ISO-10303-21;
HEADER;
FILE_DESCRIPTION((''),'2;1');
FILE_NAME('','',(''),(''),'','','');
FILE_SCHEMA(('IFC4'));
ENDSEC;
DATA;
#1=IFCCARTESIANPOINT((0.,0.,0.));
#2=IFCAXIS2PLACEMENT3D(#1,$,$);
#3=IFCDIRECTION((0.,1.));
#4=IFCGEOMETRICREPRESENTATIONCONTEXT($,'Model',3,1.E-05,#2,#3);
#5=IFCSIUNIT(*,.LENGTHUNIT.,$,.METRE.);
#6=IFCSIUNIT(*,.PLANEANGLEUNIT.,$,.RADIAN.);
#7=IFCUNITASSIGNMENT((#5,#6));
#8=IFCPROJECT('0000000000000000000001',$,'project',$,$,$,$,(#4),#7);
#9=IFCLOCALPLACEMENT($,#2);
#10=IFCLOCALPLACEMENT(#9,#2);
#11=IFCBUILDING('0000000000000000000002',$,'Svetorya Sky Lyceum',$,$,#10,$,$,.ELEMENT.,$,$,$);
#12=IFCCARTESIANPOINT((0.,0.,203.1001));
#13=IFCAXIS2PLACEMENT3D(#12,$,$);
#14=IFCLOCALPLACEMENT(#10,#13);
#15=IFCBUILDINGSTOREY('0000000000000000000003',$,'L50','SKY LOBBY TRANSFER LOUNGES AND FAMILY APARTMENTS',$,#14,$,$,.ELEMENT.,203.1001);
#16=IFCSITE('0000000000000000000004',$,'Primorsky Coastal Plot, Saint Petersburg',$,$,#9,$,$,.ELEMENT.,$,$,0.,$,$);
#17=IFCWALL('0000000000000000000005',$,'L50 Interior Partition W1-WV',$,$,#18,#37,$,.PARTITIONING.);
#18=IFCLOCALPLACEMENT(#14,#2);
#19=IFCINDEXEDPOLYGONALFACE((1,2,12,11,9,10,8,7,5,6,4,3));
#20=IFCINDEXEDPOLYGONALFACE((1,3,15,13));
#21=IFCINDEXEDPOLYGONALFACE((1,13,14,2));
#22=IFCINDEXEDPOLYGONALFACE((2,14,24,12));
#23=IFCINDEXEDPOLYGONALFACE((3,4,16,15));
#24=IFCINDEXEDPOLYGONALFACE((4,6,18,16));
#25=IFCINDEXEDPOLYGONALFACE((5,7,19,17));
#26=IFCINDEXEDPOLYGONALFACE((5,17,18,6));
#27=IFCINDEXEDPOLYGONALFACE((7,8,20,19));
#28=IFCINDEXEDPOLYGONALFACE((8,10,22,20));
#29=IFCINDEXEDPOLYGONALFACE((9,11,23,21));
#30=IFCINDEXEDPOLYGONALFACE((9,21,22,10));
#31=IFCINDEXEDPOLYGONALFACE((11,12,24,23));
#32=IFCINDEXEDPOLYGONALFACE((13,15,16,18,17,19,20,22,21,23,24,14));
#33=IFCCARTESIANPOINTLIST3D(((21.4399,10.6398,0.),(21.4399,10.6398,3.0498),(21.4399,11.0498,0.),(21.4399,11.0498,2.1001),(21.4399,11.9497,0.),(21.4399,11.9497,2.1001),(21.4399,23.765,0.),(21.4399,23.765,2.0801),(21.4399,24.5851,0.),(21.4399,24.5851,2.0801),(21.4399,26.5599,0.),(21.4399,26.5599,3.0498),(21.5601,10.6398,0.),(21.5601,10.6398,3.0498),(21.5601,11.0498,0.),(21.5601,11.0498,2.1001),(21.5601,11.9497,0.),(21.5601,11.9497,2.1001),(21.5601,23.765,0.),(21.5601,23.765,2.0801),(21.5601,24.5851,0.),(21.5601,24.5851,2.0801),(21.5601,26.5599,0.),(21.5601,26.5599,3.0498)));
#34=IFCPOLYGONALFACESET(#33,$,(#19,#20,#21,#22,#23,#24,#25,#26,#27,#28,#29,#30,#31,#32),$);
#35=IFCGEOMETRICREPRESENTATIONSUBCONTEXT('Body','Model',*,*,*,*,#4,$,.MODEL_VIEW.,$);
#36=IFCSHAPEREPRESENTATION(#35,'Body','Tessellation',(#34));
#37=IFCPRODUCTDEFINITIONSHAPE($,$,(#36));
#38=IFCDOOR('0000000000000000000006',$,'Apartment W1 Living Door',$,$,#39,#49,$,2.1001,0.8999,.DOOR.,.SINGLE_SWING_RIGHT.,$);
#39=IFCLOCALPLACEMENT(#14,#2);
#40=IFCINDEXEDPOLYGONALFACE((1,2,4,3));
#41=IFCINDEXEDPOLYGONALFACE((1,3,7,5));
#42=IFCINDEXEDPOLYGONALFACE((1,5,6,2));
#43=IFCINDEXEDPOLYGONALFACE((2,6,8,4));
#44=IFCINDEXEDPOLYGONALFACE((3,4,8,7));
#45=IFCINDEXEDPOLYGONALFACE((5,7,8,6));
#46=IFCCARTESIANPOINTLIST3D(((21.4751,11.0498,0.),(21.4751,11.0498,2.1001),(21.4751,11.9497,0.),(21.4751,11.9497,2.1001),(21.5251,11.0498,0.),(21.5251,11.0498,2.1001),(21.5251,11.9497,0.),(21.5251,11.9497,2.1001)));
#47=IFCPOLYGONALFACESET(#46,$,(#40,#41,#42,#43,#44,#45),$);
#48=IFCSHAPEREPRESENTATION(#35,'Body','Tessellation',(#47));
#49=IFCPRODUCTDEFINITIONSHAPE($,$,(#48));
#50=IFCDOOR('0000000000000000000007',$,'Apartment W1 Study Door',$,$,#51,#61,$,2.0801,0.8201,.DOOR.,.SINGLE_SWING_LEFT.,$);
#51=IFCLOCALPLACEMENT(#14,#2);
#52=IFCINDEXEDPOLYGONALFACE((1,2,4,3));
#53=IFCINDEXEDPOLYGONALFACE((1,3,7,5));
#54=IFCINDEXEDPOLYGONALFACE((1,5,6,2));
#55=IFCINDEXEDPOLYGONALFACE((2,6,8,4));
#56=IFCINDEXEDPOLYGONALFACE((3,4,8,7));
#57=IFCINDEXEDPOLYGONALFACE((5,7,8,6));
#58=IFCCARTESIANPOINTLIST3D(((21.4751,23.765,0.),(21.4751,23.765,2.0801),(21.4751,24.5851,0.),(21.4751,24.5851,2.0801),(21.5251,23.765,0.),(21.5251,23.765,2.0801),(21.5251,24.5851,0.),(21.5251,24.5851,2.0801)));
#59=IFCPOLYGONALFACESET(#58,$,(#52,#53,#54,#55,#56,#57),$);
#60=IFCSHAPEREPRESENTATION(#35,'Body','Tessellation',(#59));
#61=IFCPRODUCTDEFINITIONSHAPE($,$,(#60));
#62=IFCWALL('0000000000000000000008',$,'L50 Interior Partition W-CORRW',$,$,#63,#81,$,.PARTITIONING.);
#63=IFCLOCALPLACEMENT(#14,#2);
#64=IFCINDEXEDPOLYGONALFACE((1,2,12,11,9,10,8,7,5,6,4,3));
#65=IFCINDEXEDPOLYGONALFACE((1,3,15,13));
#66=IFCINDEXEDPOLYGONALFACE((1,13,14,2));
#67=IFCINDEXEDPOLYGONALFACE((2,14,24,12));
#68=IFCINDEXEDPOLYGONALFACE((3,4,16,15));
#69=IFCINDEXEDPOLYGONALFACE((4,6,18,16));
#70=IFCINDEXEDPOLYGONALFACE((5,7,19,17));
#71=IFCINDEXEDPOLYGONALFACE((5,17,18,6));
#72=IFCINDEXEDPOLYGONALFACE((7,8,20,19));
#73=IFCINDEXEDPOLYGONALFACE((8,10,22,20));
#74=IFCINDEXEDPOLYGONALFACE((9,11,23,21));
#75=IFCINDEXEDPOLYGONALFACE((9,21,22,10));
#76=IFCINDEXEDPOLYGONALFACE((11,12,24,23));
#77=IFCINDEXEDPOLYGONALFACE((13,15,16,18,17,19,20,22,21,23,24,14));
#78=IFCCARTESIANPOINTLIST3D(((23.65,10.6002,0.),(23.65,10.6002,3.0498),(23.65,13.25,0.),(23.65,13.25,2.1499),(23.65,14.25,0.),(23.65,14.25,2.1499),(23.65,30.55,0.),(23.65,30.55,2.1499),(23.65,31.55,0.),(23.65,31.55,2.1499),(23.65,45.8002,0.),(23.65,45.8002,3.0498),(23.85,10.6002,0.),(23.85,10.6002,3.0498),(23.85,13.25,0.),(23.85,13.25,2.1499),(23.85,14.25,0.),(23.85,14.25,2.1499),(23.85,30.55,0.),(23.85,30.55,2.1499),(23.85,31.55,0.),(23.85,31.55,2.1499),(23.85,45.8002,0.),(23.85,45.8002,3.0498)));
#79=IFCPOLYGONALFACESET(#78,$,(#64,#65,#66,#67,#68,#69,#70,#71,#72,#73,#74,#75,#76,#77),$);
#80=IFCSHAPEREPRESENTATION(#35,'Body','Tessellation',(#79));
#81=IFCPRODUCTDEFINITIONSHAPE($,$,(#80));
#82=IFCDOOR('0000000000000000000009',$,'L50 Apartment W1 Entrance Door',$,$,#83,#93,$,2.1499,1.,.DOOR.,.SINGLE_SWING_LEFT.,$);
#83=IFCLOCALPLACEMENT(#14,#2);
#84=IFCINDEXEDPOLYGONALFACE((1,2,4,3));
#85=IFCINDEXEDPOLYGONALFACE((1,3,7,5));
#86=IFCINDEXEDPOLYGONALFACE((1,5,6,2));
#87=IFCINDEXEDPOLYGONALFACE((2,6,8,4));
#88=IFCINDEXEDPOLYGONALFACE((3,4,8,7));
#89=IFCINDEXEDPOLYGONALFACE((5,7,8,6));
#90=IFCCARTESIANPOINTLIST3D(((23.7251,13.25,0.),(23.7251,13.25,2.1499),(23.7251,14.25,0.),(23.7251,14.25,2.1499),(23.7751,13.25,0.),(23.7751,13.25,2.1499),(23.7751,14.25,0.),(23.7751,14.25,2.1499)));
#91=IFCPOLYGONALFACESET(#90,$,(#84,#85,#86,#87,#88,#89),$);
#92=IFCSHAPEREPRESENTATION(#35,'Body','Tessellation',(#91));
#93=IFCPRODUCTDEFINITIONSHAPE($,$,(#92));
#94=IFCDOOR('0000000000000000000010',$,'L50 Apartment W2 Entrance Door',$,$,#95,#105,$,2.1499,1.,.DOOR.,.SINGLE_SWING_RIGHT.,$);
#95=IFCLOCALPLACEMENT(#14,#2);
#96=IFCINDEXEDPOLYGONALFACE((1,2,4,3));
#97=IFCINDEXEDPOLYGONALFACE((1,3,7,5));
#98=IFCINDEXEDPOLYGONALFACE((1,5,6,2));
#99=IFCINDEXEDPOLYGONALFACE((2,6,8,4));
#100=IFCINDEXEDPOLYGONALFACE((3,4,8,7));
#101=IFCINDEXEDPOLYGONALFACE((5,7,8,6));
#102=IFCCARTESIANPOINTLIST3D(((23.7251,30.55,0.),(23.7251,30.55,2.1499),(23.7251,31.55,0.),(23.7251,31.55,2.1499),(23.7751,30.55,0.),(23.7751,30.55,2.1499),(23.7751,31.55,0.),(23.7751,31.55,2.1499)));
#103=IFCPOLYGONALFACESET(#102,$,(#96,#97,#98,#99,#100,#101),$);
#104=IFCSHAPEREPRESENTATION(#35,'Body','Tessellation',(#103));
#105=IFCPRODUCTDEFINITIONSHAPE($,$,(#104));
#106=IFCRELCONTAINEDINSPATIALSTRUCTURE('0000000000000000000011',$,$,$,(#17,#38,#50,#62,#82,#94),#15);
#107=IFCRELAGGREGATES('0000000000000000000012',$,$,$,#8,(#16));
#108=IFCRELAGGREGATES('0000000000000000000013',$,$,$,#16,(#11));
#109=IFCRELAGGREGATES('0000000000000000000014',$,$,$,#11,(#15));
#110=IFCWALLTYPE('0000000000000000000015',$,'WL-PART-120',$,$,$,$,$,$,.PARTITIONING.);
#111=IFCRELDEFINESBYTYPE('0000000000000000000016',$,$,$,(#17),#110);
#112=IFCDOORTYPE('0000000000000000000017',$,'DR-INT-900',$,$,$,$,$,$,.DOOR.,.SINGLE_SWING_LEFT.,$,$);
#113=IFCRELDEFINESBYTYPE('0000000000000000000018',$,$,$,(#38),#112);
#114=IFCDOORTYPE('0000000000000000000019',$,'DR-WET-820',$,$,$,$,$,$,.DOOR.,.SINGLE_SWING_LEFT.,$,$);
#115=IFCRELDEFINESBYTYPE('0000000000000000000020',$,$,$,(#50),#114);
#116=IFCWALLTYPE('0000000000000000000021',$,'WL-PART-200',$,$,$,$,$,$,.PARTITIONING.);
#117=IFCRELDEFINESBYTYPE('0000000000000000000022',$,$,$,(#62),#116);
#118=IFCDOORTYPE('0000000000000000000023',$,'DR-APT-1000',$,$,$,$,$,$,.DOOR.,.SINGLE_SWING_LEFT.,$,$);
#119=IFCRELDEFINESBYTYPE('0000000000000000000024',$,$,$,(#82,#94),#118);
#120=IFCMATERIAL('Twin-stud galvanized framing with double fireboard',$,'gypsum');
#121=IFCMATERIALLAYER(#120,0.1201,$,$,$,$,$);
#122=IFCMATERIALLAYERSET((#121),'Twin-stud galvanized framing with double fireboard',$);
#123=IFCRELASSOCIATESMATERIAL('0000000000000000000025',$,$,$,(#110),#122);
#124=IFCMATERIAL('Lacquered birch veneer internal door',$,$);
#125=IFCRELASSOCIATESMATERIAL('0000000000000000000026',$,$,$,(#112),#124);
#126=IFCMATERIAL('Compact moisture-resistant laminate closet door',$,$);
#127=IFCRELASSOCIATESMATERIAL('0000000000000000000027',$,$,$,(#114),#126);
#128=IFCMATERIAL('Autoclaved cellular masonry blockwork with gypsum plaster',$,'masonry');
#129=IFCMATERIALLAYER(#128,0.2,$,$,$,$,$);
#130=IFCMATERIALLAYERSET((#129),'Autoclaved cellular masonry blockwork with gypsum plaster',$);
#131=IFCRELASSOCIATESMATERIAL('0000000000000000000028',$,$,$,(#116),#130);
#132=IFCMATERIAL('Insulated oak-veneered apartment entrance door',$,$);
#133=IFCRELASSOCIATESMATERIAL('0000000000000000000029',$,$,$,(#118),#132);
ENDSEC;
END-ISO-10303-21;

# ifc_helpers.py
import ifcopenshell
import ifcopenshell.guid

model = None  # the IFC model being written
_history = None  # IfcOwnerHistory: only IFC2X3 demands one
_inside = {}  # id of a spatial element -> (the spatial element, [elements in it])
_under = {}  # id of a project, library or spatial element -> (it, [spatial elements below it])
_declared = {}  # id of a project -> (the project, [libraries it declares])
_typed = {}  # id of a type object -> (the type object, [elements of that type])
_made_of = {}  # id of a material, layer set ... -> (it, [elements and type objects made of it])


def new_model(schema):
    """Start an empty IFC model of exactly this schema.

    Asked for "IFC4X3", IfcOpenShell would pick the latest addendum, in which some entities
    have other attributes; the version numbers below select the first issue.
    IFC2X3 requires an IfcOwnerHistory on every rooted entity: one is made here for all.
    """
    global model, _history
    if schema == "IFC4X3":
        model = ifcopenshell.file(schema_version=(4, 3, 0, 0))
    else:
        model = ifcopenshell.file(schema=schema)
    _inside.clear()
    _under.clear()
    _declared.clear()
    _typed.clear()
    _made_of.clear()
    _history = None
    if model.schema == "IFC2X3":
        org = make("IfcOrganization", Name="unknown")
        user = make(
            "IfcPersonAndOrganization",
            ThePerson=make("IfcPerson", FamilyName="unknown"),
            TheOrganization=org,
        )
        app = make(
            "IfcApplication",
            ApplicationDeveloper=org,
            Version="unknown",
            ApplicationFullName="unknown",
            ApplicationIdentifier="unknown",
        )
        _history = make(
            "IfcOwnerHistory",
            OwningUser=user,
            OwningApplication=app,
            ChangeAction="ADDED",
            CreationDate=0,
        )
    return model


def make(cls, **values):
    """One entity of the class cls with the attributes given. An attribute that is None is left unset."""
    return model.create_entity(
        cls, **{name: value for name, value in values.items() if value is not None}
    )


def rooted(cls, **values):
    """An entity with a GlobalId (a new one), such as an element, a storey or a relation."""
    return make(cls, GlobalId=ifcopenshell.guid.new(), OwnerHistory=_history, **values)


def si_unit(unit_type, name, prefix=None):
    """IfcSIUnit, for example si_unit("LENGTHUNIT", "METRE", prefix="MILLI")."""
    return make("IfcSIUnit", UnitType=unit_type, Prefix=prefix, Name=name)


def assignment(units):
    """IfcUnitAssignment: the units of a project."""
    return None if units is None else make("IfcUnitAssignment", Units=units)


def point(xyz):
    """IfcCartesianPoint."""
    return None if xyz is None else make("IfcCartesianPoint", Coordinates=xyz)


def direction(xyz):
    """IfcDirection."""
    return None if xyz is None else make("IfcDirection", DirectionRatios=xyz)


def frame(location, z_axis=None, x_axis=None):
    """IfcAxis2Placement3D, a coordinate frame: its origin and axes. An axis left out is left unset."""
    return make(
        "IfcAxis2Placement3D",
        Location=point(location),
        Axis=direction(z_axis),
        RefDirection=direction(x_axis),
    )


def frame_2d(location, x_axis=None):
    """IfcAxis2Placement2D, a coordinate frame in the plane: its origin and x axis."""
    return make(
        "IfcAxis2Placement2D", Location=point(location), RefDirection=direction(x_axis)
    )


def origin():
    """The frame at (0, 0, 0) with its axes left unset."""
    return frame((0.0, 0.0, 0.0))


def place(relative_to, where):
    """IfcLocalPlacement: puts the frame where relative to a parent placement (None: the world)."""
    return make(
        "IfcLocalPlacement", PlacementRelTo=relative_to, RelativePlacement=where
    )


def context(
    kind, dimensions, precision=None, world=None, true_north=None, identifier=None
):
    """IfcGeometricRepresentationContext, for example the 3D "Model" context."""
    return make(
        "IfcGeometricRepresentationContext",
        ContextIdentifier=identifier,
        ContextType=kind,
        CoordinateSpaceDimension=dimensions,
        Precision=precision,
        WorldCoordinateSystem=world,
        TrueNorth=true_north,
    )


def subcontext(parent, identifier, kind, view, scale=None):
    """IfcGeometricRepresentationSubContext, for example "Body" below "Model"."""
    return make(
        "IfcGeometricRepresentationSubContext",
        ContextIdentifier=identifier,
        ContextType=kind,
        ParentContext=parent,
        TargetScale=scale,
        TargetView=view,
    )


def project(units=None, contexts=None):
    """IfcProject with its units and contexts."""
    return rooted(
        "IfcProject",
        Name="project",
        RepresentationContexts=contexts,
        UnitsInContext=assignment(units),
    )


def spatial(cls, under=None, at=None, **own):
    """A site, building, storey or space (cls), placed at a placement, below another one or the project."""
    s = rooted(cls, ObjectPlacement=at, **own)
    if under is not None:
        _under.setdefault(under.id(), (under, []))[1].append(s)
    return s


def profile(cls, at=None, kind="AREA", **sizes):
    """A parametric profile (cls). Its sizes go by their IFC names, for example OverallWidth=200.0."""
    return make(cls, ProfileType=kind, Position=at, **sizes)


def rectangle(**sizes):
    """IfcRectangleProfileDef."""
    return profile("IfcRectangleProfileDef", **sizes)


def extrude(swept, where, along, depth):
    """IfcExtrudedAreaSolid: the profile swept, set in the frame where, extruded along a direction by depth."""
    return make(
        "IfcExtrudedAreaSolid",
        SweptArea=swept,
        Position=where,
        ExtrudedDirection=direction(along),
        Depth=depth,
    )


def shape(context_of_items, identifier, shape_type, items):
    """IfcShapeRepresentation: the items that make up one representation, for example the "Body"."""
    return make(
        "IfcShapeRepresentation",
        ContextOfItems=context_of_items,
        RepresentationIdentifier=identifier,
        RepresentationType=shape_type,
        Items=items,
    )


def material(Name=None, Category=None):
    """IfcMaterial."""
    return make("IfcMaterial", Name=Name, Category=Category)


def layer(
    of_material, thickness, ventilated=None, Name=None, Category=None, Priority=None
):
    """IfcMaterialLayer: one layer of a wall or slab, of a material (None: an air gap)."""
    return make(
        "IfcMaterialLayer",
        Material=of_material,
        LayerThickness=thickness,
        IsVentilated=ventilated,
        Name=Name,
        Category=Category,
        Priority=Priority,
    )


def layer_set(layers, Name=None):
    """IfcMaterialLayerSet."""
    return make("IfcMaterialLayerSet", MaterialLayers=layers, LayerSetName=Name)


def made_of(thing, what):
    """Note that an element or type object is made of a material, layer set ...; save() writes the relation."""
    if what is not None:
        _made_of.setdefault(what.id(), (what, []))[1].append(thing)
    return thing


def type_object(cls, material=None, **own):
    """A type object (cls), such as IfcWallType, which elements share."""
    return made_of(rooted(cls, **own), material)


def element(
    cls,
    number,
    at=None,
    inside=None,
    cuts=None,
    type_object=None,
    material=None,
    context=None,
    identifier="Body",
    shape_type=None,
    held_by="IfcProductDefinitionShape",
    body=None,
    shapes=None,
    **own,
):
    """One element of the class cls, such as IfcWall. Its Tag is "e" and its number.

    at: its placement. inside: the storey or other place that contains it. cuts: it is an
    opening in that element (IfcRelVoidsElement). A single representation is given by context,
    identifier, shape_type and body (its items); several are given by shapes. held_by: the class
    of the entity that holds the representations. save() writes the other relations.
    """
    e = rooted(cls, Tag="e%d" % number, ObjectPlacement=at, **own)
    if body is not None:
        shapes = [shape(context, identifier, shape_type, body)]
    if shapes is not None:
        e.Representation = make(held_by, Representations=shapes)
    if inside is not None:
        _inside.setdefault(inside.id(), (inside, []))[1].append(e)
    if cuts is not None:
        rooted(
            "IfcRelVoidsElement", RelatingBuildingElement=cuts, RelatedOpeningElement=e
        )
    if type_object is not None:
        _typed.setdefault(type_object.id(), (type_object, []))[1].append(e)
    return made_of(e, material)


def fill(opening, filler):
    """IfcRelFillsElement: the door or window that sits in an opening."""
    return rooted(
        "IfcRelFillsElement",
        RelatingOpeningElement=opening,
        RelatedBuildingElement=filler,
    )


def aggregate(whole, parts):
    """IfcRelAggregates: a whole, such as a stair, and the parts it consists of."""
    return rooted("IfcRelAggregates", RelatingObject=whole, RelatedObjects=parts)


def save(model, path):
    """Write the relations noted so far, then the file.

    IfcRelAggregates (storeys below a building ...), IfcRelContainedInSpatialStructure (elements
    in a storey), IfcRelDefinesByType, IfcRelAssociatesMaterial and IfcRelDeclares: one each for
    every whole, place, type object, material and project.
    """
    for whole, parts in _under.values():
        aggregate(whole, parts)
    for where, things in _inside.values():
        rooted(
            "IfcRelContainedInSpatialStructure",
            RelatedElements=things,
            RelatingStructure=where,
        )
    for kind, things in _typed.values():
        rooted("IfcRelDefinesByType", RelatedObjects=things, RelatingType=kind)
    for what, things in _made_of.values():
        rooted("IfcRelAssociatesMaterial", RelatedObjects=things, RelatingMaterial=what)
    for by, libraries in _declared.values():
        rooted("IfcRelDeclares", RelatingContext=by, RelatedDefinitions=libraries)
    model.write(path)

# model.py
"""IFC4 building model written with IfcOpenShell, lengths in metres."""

from ifc_helpers import new_model, si_unit, direction, frame, frame_2d, origin, place, context, subcontext, project, spatial, rectangle, extrude, material, layer, layer_set, type_object, element, fill, save


model = new_model("IFC4")

# Units and contexts
model_context = context("Model", 3, precision=1e-05, world=origin(), true_north=direction((0.0, 1.0)))
body_context = subcontext(model_context, "Body", "Model", "MODEL_VIEW")
ifc_project = project(units=[si_unit("LENGTHUNIT", "METRE"), si_unit("PLANEANGLEUNIT", "RADIAN")], contexts=[model_context])

# Site, building, storey
site_placement = place(None, origin())
site = spatial("IfcSite", under=ifc_project, at=site_placement, Name="Primorsky Coastal Plot, Saint Petersburg", CompositionType="ELEMENT", RefElevation=0.0)
building_placement = place(site_placement, origin())
building = spatial("IfcBuilding", under=site, at=building_placement, Name="Svetorya Sky Lyceum", CompositionType="ELEMENT")
storey_placement = place(building_placement, frame((0.0, 0.0, 203.1001)))
storey = spatial("IfcBuildingStorey", under=building, at=storey_placement, Name="L50", Description="SKY LOBBY TRANSFER LOUNGES AND FAMILY APARTMENTS", CompositionType="ELEMENT", Elevation=203.1001)

# Shared definitions
ifc_material_1 = material(Name="Twin-stud galvanized framing with double fireboard", Category="gypsum")
ifc_layer_1 = layer(ifc_material_1, 0.1201)
ifc_layer_set_1 = layer_set([ifc_layer_1], Name="Twin-stud galvanized framing with double fireboard")
wall_type_1 = type_object("IfcWallType", Name="WL-PART-120", PredefinedType="PARTITIONING", material=ifc_layer_set_1)

# Shared definitions
ifc_material_2 = material(Name="Lacquered birch veneer internal door")
door_type_1 = type_object("IfcDoorType", Name="DR-INT-900", OperationType="SINGLE_SWING_LEFT", PredefinedType="DOOR", material=ifc_material_2)

# Walls, openings, doors
wall_1_placement = place(storey_placement, frame((21.5, 10.6399, 0.0), z_axis=(0.0, 0.0, 1.0), x_axis=(0.0, 1.0, 0.0)))
wall_1 = element("IfcWall", 1, at=wall_1_placement, inside=storey, type_object=wall_type_1, Name="L50 Interior Partition W1-WV", PredefinedType="PARTITIONING", context=body_context, shape_type="SweptSolid", body=[
    extrude(rectangle(XDim=15.9202, YDim=0.1201, at=frame_2d((7.96, 0.0))), origin(), (0.0, 0.0, 1.0), 3.0498),
])
opening_1_placement = place(wall_1_placement, frame((0.4099, 0.0, 0.0)))
opening_1 = element("IfcOpeningElement", 2, at=opening_1_placement, cuts=wall_1, PredefinedType="OPENING", context=body_context, shape_type="SweptSolid", body=[
    extrude(rectangle(XDim=0.8999, YDim=2.1001, at=frame_2d((0.45, 1.05))), frame((0.0, 0.0701, 0.0), z_axis=(0.0, -1.0, 0.0), x_axis=(1.0, 0.0, 0.0)), (0.0, 0.0, 1.0), 0.1401),
])
opening_2_placement = place(wall_1_placement, frame((13.125, 0.0, 0.0)))
opening_2 = element("IfcOpeningElement", 3, at=opening_2_placement, cuts=wall_1, PredefinedType="OPENING", context=body_context, shape_type="SweptSolid", body=[
    extrude(rectangle(XDim=0.8201, YDim=2.0801, at=frame_2d((0.4102, 1.04))), frame((0.0, 0.0701, 0.0), z_axis=(0.0, -1.0, 0.0), x_axis=(1.0, 0.0, 0.0)), (0.0, 0.0, 1.0), 0.1401),
])
door_1_placement = place(opening_1_placement, origin())
door_1 = element("IfcDoor", 4, at=door_1_placement, inside=storey, type_object=door_type_1, Name="Apartment W1 Living Door", OperationType="SINGLE_SWING_RIGHT", OverallHeight=2.1001, OverallWidth=0.8999, PredefinedType="DOOR", context=body_context, shape_type="SweptSolid", body=[
    extrude(rectangle(XDim=0.8999, YDim=2.1001, at=frame_2d((0.45, 1.05))), frame((0.0, 0.0249, 0.0), z_axis=(0.0, -1.0, 0.0), x_axis=(1.0, 0.0, 0.0)), (0.0, 0.0, 1.0), 0.05),
])
fill(opening_1, door_1)
ifc_material_3 = material(Name="Compact moisture-resistant laminate closet door")
door_type_2 = type_object("IfcDoorType", Name="DR-WET-820", OperationType="SINGLE_SWING_LEFT", PredefinedType="DOOR", material=ifc_material_3)
door_2_placement = place(opening_2_placement, origin())
door_2 = element("IfcDoor", 5, at=door_2_placement, inside=storey, type_object=door_type_2, Name="Apartment W1 Study Door", OperationType="SINGLE_SWING_LEFT", OverallHeight=2.0801, OverallWidth=0.8201, PredefinedType="DOOR", context=body_context, shape_type="SweptSolid", body=[
    extrude(rectangle(XDim=0.8201, YDim=2.0801, at=frame_2d((0.4102, 1.04))), frame((0.0, 0.0249, 0.0), z_axis=(0.0, -1.0, 0.0), x_axis=(1.0, 0.0, 0.0)), (0.0, 0.0, 1.0), 0.05),
])
fill(opening_2, door_2)
ifc_material_4 = material(Name="Autoclaved cellular masonry blockwork with gypsum plaster", Category="masonry")
ifc_layer_2 = layer(ifc_material_4, 0.2)
ifc_layer_set_2 = layer_set([ifc_layer_2], Name="Autoclaved cellular masonry blockwork with gypsum plaster")
wall_type_2 = type_object("IfcWallType", Name="WL-PART-200", PredefinedType="PARTITIONING", material=ifc_layer_set_2)
wall_2_placement = place(storey_placement, frame((23.75, 10.6001, 0.0), z_axis=(0.0, 0.0, 1.0), x_axis=(0.0, 1.0, 0.0)))
wall_2 = element("IfcWall", 6, at=wall_2_placement, inside=storey, type_object=wall_type_2, Name="L50 Interior Partition W-CORRW", PredefinedType="PARTITIONING", context=body_context, shape_type="SweptSolid", body=[
    extrude(rectangle(XDim=35.2, YDim=0.2, at=frame_2d((17.6001, 0.0))), origin(), (0.0, 0.0, 1.0), 3.0498),
])
opening_3_placement = place(wall_2_placement, frame((2.6499, 0.0, 0.0)))
opening_3 = element("IfcOpeningElement", 7, at=opening_3_placement, cuts=wall_2, PredefinedType="OPENING", context=body_context, shape_type="SweptSolid", body=[
    extrude(rectangle(XDim=1.0, YDim=2.1499, at=frame_2d((0.5, 1.075))), frame((0.0, 0.1099, 0.0), z_axis=(0.0, -1.0, 0.0), x_axis=(1.0, 0.0, 0.0)), (0.0, 0.0, 1.0), 0.22),
])
opening_4_placement = place(wall_2_placement, frame((19.95, 0.0, 0.0)))
opening_4 = element("IfcOpeningElement", 8, at=opening_4_placement, cuts=wall_2, PredefinedType="OPENING", context=body_context, shape_type="SweptSolid", body=[
    extrude(rectangle(XDim=1.0, YDim=2.1499, at=frame_2d((0.5, 1.075))), frame((0.0, 0.1099, 0.0), z_axis=(0.0, -1.0, 0.0), x_axis=(1.0, 0.0, 0.0)), (0.0, 0.0, 1.0), 0.22),
])
ifc_material_5 = material(Name="Insulated oak-veneered apartment entrance door")
door_type_3 = type_object("IfcDoorType", Name="DR-APT-1000", OperationType="SINGLE_SWING_LEFT", PredefinedType="DOOR", material=ifc_material_5)
door_3_placement = place(opening_3_placement, origin())
door_3 = element("IfcDoor", 9, at=door_3_placement, inside=storey, type_object=door_type_3, Name="L50 Apartment W1 Entrance Door", OperationType="SINGLE_SWING_LEFT", OverallHeight=2.1499, OverallWidth=1.0, PredefinedType="DOOR", context=body_context, shape_type="SweptSolid", body=[
    extrude(rectangle(XDim=1.0, YDim=2.1499, at=frame_2d((0.5, 1.075))), frame((0.0, 0.0249, 0.0), z_axis=(0.0, -1.0, 0.0), x_axis=(1.0, 0.0, 0.0)), (0.0, 0.0, 1.0), 0.05),
])
fill(opening_3, door_3)
door_4_placement = place(opening_4_placement, origin())
door_4 = element("IfcDoor", 10, at=door_4_placement, inside=storey, type_object=door_type_3, Name="L50 Apartment W2 Entrance Door", OperationType="SINGLE_SWING_RIGHT", OverallHeight=2.1499, OverallWidth=1.0, PredefinedType="DOOR", context=body_context, shape_type="SweptSolid", body=[
    extrude(rectangle(XDim=1.0, YDim=2.1499, at=frame_2d((0.5, 1.075))), frame((0.0, 0.0249, 0.0), z_axis=(0.0, -1.0, 0.0), x_axis=(1.0, 0.0, 0.0)), (0.0, 0.0, 1.0), 0.05),
])
fill(opening_4, door_4)

save(model, "model.ifc")
